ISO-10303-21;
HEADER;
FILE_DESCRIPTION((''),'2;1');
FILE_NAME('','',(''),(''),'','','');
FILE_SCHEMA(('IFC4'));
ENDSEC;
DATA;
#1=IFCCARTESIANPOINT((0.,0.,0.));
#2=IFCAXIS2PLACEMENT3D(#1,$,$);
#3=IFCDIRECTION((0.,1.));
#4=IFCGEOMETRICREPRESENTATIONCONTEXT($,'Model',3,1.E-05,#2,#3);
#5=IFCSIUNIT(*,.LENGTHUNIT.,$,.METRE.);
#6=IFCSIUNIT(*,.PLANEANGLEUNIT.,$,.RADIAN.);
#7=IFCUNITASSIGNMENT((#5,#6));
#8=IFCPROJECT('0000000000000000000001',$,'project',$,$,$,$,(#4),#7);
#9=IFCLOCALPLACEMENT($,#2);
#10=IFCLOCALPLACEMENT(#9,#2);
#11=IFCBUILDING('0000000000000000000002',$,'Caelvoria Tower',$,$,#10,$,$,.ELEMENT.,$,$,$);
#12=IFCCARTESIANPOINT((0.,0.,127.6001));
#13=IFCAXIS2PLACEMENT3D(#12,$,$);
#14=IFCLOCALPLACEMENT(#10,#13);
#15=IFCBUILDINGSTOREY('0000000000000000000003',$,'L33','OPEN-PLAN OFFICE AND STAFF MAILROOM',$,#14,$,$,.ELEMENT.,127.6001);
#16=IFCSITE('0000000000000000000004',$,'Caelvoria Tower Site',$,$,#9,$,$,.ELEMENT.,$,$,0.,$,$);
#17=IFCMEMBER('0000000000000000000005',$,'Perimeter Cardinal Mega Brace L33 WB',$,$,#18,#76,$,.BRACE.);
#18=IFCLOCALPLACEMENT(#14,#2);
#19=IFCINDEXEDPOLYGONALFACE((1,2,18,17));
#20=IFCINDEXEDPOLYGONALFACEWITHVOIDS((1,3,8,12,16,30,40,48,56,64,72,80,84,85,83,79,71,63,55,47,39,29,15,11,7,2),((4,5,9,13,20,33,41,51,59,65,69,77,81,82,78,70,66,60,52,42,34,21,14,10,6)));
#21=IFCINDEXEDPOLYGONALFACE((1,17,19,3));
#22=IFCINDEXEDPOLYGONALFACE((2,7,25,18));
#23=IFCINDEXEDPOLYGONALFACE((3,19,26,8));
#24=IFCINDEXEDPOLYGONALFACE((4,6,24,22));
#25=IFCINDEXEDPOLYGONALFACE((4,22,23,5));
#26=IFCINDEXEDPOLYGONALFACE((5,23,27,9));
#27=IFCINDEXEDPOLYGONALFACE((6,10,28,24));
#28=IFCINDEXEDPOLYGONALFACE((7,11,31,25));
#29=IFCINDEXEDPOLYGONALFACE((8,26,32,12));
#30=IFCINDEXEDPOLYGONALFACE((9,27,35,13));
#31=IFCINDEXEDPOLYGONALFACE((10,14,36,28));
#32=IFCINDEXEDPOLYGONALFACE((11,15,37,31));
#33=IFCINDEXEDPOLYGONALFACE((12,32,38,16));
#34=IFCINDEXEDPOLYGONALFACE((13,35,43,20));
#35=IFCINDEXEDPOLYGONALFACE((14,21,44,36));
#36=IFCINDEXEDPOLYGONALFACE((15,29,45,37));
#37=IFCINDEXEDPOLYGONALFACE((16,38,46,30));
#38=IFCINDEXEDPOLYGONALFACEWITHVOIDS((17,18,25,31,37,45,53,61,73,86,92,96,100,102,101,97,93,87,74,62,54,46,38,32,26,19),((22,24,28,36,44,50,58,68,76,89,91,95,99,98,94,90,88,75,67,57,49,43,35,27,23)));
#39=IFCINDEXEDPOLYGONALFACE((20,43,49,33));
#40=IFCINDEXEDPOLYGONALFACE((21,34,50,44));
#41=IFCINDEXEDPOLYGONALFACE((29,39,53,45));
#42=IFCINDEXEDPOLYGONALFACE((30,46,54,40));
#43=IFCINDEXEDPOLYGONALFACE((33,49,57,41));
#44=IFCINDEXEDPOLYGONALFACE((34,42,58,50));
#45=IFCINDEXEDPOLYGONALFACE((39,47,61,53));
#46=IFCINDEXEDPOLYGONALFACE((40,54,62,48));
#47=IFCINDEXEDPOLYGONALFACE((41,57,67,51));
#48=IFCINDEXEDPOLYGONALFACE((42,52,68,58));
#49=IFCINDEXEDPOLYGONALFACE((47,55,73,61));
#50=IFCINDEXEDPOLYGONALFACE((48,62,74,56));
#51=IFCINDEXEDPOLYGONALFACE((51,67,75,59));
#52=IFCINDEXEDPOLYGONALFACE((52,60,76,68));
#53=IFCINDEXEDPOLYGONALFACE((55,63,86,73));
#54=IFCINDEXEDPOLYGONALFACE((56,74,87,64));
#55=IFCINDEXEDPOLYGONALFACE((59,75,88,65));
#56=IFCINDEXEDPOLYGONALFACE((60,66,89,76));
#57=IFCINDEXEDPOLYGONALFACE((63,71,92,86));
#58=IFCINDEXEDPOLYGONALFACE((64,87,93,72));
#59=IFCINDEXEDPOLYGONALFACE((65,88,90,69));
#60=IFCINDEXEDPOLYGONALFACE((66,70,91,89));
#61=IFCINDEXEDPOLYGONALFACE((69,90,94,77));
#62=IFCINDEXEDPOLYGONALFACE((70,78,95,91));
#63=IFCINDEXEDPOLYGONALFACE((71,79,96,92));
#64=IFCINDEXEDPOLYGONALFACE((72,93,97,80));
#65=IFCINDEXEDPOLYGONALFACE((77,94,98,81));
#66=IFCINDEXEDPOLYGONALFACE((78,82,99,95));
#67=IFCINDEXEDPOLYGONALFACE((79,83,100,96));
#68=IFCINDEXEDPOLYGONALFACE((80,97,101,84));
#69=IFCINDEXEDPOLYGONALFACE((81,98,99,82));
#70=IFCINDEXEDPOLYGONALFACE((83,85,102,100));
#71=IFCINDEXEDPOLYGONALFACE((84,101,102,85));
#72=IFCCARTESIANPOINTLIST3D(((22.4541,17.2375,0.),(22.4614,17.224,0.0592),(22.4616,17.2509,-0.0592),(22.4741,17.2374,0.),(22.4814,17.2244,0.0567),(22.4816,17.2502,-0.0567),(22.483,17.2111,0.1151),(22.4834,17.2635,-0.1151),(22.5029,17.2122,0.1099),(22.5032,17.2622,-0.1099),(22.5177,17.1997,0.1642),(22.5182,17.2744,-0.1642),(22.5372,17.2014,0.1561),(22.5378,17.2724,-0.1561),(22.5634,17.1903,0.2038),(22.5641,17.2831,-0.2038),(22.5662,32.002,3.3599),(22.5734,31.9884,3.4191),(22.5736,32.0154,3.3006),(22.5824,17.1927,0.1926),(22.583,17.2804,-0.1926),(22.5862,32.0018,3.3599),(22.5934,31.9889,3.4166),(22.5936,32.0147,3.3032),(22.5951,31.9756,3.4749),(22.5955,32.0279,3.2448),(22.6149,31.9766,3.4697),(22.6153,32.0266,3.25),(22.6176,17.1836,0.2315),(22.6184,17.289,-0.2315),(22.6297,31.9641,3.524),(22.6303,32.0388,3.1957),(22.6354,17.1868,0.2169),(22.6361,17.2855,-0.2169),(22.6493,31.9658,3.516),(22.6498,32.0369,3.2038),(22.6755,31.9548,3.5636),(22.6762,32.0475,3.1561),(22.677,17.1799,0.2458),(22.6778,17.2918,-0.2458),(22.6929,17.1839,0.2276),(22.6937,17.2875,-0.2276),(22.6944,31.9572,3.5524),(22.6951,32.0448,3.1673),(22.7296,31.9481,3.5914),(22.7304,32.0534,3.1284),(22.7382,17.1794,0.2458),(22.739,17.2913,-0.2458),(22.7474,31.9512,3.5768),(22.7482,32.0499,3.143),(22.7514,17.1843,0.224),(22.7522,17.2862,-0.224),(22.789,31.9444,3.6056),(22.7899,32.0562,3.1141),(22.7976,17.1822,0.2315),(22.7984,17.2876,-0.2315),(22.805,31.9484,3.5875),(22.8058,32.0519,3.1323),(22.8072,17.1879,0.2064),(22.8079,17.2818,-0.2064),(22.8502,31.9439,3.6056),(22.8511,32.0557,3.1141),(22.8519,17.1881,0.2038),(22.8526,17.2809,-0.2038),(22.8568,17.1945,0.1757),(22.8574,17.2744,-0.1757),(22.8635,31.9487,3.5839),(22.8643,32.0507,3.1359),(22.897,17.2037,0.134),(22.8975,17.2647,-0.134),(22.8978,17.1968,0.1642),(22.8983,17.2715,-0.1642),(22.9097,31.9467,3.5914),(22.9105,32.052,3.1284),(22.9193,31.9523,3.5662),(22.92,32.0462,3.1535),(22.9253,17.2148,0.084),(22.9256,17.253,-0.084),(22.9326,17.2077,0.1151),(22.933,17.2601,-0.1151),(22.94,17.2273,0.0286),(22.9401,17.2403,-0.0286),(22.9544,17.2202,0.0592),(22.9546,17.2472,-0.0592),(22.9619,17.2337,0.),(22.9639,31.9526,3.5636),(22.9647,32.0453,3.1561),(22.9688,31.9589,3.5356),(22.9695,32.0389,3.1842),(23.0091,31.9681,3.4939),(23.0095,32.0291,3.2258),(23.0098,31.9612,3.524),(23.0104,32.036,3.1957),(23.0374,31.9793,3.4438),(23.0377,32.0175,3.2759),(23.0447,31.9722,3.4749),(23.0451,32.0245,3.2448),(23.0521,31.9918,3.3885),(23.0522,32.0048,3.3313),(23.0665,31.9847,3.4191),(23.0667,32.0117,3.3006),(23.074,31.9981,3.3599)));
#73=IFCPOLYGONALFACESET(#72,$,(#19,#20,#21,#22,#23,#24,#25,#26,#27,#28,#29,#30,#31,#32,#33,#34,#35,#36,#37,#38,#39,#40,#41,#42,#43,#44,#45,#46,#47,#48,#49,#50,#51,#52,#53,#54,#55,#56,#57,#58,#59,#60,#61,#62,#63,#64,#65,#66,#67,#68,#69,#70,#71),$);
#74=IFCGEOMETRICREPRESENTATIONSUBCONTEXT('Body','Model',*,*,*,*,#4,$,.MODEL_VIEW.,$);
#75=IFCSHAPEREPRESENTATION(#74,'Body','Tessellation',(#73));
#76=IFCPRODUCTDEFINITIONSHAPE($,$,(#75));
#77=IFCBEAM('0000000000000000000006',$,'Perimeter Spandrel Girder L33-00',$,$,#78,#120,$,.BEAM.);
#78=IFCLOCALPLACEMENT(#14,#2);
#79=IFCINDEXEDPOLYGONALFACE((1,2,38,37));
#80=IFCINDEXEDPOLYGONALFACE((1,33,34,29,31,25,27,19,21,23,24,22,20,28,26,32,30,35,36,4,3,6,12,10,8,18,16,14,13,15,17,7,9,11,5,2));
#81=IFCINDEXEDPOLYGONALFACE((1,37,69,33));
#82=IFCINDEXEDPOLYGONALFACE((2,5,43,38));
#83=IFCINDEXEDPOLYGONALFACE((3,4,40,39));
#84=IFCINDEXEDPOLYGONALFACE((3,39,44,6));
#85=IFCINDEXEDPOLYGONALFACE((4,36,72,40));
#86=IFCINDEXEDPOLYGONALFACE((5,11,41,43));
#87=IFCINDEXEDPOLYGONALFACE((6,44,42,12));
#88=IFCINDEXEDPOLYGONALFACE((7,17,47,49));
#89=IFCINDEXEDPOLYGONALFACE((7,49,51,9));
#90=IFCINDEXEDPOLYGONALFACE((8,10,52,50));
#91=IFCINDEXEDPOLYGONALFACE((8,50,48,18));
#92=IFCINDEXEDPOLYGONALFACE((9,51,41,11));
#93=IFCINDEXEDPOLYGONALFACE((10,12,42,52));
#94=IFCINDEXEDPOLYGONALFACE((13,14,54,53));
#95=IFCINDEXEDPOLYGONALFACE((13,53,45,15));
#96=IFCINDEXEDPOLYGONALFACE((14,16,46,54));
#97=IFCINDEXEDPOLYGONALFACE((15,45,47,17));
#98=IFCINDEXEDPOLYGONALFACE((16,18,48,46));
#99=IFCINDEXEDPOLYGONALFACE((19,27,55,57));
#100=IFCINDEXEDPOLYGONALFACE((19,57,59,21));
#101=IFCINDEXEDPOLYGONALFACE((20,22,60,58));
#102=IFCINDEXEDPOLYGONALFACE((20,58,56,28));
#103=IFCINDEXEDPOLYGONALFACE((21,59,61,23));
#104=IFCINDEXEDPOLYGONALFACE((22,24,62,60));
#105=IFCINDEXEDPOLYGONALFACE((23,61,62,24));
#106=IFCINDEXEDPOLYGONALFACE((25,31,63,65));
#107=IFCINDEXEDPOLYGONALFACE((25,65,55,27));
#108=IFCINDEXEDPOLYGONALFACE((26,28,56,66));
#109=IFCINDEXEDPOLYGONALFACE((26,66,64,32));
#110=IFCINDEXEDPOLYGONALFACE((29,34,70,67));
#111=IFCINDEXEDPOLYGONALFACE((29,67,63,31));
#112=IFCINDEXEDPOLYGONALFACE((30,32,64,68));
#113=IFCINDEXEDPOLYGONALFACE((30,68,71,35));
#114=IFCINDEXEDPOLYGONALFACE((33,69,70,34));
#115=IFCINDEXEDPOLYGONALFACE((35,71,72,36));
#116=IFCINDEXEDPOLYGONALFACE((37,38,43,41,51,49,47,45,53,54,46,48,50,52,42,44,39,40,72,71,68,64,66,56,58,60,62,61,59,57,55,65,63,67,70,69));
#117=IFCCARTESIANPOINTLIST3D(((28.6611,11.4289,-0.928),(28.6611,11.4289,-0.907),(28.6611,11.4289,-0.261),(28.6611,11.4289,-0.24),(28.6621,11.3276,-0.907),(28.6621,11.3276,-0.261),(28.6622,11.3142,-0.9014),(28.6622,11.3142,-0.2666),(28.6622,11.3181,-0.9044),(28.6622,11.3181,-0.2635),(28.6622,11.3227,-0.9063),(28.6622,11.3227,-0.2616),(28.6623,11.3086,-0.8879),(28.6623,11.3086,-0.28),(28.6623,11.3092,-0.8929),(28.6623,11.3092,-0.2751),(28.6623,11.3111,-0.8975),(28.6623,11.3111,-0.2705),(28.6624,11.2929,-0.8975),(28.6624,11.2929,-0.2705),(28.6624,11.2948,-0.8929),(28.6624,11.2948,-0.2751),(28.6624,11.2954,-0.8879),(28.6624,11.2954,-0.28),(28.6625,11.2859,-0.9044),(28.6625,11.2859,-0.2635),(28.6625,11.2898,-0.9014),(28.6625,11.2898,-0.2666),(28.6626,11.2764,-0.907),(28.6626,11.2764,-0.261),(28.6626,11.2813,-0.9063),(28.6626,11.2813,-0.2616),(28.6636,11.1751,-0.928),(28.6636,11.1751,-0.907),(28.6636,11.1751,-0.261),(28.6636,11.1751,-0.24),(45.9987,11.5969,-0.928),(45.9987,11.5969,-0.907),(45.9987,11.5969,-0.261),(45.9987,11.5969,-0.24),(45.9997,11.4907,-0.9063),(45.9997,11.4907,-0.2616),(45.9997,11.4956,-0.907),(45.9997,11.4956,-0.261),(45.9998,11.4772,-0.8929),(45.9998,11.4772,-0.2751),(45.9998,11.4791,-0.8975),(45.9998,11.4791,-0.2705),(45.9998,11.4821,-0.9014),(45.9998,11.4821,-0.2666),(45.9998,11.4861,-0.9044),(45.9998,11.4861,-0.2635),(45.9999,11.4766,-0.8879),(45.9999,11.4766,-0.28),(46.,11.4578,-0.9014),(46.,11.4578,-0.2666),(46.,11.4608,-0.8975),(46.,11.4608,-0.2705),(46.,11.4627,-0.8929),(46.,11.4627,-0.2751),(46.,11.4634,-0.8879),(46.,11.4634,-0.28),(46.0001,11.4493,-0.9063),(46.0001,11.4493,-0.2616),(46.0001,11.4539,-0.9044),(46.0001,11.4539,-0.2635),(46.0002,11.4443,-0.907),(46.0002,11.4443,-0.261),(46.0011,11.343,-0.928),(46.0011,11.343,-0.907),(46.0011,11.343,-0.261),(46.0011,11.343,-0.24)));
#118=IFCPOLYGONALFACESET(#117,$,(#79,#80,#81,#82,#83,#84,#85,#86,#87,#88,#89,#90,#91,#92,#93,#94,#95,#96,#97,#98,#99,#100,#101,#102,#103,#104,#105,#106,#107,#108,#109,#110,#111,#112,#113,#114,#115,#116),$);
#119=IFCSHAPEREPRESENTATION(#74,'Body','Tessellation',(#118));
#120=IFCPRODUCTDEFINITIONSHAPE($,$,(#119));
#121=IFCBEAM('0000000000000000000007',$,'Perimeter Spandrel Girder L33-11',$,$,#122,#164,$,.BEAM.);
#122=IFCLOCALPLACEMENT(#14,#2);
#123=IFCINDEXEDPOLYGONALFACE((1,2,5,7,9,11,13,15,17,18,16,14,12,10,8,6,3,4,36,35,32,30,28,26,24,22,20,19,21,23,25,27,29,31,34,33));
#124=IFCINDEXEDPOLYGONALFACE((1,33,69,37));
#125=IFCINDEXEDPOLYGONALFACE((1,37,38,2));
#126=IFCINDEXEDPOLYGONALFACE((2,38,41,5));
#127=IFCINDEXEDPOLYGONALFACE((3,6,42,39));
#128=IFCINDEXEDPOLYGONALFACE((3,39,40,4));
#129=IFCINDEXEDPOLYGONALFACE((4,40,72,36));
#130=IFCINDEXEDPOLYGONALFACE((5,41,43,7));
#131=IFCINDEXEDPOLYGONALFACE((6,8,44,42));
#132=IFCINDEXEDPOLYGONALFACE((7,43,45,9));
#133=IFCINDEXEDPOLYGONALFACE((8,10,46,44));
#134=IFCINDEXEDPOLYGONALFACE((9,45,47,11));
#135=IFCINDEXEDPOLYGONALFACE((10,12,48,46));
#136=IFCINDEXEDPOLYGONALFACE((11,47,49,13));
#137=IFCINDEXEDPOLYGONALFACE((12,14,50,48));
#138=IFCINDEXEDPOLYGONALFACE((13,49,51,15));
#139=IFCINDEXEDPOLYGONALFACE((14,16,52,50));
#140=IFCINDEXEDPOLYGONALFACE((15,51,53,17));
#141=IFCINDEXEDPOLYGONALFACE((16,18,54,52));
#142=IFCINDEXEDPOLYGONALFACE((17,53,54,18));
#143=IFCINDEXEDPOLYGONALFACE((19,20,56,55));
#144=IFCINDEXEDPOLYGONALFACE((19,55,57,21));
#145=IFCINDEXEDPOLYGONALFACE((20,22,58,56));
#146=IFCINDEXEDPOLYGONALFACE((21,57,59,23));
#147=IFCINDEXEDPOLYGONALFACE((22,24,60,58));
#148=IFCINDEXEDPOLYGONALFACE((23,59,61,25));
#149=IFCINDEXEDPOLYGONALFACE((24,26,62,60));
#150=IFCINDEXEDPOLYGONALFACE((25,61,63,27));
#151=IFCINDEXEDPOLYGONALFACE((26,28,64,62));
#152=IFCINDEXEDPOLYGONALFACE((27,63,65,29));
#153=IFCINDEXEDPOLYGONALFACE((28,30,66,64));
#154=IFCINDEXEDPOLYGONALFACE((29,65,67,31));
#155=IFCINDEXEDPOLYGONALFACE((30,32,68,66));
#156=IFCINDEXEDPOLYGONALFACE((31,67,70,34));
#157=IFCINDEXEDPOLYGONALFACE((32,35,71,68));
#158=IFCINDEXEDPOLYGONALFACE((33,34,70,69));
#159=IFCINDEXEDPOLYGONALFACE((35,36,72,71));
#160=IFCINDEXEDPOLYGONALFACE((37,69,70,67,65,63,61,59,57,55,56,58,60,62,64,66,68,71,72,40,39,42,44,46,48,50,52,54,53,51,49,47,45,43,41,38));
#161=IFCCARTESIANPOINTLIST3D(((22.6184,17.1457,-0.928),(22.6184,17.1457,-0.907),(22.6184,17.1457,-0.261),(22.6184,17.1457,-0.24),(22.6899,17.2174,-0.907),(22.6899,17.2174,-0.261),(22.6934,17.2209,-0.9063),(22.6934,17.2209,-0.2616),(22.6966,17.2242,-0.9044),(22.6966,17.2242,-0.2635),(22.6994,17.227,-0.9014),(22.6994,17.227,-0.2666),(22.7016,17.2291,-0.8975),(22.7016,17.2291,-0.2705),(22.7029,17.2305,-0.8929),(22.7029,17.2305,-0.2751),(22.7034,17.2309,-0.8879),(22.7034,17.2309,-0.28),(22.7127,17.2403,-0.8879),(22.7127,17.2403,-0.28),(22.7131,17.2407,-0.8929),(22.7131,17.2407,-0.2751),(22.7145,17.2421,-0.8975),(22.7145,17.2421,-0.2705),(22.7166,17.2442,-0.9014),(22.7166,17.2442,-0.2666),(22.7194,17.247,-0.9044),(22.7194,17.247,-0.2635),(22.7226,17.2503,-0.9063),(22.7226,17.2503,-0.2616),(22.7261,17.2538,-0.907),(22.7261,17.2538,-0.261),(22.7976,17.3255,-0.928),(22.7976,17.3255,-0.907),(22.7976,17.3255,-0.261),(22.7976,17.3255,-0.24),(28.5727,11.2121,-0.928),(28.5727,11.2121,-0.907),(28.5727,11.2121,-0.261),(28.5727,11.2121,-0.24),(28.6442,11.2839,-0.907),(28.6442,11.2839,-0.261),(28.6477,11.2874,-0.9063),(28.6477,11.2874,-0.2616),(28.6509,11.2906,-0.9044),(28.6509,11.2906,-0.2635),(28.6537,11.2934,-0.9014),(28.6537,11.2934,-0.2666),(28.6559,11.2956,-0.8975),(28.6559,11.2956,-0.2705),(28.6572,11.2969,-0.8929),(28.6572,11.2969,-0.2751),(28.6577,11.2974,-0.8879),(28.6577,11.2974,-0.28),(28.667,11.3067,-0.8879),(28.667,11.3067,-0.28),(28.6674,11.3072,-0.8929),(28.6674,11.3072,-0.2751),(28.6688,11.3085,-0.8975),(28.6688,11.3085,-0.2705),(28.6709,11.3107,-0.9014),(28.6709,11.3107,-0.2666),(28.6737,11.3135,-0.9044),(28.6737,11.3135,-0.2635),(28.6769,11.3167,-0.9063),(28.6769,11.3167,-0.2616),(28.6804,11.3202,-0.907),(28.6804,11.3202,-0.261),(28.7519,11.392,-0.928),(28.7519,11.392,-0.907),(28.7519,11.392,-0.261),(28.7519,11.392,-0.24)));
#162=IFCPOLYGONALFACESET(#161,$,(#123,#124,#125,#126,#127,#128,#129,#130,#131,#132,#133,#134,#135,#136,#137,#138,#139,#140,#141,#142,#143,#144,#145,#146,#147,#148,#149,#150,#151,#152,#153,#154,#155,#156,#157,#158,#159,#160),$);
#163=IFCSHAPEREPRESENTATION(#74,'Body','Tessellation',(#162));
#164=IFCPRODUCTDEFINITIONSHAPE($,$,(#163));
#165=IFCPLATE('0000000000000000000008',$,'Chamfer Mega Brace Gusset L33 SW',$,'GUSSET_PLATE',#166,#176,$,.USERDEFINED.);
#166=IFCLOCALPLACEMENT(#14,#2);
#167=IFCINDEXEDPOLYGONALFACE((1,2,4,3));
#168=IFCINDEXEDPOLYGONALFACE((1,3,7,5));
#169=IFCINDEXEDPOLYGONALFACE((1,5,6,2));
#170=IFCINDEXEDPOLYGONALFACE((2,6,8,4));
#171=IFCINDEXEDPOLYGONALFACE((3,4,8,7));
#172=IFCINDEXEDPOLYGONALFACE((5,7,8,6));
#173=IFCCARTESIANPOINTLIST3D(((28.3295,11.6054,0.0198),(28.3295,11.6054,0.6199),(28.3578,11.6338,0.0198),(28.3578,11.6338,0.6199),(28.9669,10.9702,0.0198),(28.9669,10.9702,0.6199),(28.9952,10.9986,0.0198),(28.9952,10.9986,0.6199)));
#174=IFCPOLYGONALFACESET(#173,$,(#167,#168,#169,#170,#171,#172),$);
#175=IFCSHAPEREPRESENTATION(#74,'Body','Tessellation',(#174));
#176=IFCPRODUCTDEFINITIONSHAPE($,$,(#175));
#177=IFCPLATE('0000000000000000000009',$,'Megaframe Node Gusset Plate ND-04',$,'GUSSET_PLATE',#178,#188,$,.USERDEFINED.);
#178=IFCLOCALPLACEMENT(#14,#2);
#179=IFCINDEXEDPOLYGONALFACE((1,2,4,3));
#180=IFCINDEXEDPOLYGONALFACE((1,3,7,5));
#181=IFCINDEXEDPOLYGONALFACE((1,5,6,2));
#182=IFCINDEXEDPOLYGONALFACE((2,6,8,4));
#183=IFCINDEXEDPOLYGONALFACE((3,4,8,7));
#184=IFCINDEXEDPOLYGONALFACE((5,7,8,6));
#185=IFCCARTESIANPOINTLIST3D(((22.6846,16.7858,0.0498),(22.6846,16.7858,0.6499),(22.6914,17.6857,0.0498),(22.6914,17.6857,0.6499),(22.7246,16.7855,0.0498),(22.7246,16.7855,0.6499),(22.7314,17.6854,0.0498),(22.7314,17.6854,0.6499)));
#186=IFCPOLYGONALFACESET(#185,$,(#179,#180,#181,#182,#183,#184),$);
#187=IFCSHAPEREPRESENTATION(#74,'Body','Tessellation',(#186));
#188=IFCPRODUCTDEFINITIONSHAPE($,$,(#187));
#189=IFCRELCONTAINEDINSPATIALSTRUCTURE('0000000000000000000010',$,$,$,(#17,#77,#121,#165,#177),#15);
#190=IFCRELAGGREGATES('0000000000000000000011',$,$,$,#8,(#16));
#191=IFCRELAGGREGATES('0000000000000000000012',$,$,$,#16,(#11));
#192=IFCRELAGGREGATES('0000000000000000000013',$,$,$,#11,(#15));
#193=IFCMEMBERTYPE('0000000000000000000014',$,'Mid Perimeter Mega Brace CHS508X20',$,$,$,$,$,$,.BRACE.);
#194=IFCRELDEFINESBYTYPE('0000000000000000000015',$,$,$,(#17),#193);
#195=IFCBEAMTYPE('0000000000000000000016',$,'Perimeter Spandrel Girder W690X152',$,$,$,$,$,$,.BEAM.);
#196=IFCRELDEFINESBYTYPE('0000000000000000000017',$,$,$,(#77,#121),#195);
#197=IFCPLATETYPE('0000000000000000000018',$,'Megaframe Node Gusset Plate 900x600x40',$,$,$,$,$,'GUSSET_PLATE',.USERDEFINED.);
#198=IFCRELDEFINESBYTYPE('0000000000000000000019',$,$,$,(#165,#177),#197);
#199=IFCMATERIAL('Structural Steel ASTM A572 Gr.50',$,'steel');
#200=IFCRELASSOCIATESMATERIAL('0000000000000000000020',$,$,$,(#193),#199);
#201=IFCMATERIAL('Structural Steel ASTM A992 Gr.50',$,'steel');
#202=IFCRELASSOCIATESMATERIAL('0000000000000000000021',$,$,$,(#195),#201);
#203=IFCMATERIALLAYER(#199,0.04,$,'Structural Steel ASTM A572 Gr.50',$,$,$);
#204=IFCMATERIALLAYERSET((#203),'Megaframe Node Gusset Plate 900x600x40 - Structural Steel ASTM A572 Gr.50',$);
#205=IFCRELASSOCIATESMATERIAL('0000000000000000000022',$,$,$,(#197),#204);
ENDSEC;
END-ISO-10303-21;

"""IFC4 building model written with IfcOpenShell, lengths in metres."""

from ifc_helpers import new_model, si_unit, direction, frame, origin, origin_2d, place, context, subcontext, project, spatial, rectangle, hollow_circle, i_section, extrude, material, layer, layer_set, material_profile, profile_set, type_object, element, save


model = new_model("IFC4")

# Units and contexts
model_context = context("Model", 3, precision=1e-05, world=origin(), true_north=direction((0.0, 1.0)))
body_context = subcontext(model_context, "Body", "Model", "MODEL_VIEW")
ifc_project = project(units=[si_unit("LENGTHUNIT", "METRE"), si_unit("PLANEANGLEUNIT", "RADIAN")], contexts=[model_context])

# Site, building, storey
site_placement = place(None, origin())
site = spatial("IfcSite", under=ifc_project, at=site_placement, Name="Caelvoria Tower Site", CompositionType="ELEMENT", RefElevation=0.0)
building_placement = place(site_placement, origin())
building = spatial("IfcBuilding", under=site, at=building_placement, Name="Caelvoria Tower", CompositionType="ELEMENT")
storey_placement = place(building_placement, frame((0.0, 0.0, 127.6001)))
storey = spatial("IfcBuildingStorey", under=building, at=storey_placement, Name="L33", Description="OPEN-PLAN OFFICE AND STAFF MAILROOM", CompositionType="ELEMENT", Elevation=127.6001)

# Shared definitions
ifc_material_1 = material(Name="Structural Steel ASTM A572 Gr.50", Category="steel")

# Member
ifc_material_profile_1 = material_profile(ifc_material_1, hollow_circle(Radius=0.2539, WallThickness=0.02, at=origin_2d()), Name="Structural Steel ASTM A572 Gr.50")
ifc_profile_set_1 = profile_set([ifc_material_profile_1], Name="CHS508X20 - Structural Steel ASTM A572 Gr.50")
member_type = type_object("IfcMemberType", Name="Mid Perimeter Mega Brace CHS508X20", PredefinedType="BRACE", material=ifc_profile_set_1)
member_1_placement = place(storey_placement, frame((22.708, 17.2356, 0.0), z_axis=(0.007401, 0.975045, 0.221886), x_axis=(-0.999971, 0.00759, 0.0)))
element("IfcMember", 1, at=member_1_placement, inside=storey, type_object=member_type, Name="Perimeter Cardinal Mega Brace L33 WB", PredefinedType="BRACE", context=body_context, shape_type="SweptSolid", body=[
    extrude(hollow_circle(Radius=0.2539, WallThickness=0.02, at=origin_2d()), origin(), (0.0, 0.0, 1.0), 15.1423),
])

# Beams
ifc_material_2 = material(Name="Structural Steel ASTM A992 Gr.50", Category="steel")
ifc_material_profile_2 = material_profile(ifc_material_2, i_section(OverallWidth=0.2539, OverallDepth=0.688, WebThickness=0.0132, FlangeThickness=0.021, FilletRadius=0.019, at=origin_2d()), Name="Structural Steel ASTM A992 Gr.50")
ifc_profile_set_2 = profile_set([ifc_material_profile_2], Name="W690X152 - Structural Steel ASTM A992 Gr.50")
beam_type = type_object("IfcBeamType", Name="Perimeter Spandrel Girder W690X152", PredefinedType="BEAM", material=ifc_profile_set_2)
beam_1_placement = place(storey_placement, frame((28.6624, 11.302, -0.584), z_axis=(0.999953, 0.009688, 0.0), x_axis=(-0.009688, 0.999953, 0.0)))
element("IfcBeam", 2, at=beam_1_placement, inside=storey, type_object=beam_type, Name="Perimeter Spandrel Girder L33-00", PredefinedType="BEAM", context=body_context, shape_type="SweptSolid", body=[
    extrude(i_section(OverallWidth=0.2539, OverallDepth=0.688, WebThickness=0.0132, FlangeThickness=0.021, FilletRadius=0.019, at=origin_2d()), origin(), (0.0, 0.0, 1.0), 17.3384),
])
beam_2_placement = place(storey_placement, frame((22.708, 17.2356, -0.584), z_axis=(0.70834, -0.705871, 0.0), x_axis=(0.705871, 0.70834, 0.0)))
element("IfcBeam", 3, at=beam_2_placement, inside=storey, type_object=beam_type, Name="Perimeter Spandrel Girder L33-11", PredefinedType="BEAM", context=body_context, shape_type="SweptSolid", body=[
    extrude(i_section(OverallWidth=0.2539, OverallDepth=0.688, WebThickness=0.0132, FlangeThickness=0.021, FilletRadius=0.019, at=origin_2d()), origin(), (0.0, 0.0, 1.0), 8.406),
])

# Plates
ifc_layer_1 = layer(ifc_material_1, 0.04, Name="Structural Steel ASTM A572 Gr.50")
ifc_layer_set_1 = layer_set([ifc_layer_1], Name="Megaframe Node Gusset Plate 900x600x40 - Structural Steel ASTM A572 Gr.50")
plate_type = type_object("IfcPlateType", Name="Megaframe Node Gusset Plate 900x600x40", ElementType="GUSSET_PLATE", PredefinedType="USERDEFINED", material=ifc_layer_set_1)
for number, where, z_axis, x_axis, name in (
    (4, (28.6624, 11.302, 0.0198), (0.0, 0.0, 1.0), (-0.708331, 0.70588, 0.0), "Chamfer Mega Brace Gusset L33 SW"),
    (5, (22.708, 17.2356, 0.0498), (0.0, 0.0, 1.0), (0.007578, 0.999971, 0.0), "Megaframe Node Gusset Plate ND-04"),
):
    element("IfcPlate", number, at=place(storey_placement, frame(where, z_axis=z_axis, x_axis=x_axis)), inside=storey, type_object=plate_type, Name=name, ObjectType="GUSSET_PLATE", PredefinedType="USERDEFINED", context=body_context, shape_type="SweptSolid", body=[
        extrude(rectangle(XDim=0.8999, YDim=0.04, at=origin_2d()), origin(), (0.0, 0.0, 1.0), 0.6001),
    ])

save(model, "model.ifc")
